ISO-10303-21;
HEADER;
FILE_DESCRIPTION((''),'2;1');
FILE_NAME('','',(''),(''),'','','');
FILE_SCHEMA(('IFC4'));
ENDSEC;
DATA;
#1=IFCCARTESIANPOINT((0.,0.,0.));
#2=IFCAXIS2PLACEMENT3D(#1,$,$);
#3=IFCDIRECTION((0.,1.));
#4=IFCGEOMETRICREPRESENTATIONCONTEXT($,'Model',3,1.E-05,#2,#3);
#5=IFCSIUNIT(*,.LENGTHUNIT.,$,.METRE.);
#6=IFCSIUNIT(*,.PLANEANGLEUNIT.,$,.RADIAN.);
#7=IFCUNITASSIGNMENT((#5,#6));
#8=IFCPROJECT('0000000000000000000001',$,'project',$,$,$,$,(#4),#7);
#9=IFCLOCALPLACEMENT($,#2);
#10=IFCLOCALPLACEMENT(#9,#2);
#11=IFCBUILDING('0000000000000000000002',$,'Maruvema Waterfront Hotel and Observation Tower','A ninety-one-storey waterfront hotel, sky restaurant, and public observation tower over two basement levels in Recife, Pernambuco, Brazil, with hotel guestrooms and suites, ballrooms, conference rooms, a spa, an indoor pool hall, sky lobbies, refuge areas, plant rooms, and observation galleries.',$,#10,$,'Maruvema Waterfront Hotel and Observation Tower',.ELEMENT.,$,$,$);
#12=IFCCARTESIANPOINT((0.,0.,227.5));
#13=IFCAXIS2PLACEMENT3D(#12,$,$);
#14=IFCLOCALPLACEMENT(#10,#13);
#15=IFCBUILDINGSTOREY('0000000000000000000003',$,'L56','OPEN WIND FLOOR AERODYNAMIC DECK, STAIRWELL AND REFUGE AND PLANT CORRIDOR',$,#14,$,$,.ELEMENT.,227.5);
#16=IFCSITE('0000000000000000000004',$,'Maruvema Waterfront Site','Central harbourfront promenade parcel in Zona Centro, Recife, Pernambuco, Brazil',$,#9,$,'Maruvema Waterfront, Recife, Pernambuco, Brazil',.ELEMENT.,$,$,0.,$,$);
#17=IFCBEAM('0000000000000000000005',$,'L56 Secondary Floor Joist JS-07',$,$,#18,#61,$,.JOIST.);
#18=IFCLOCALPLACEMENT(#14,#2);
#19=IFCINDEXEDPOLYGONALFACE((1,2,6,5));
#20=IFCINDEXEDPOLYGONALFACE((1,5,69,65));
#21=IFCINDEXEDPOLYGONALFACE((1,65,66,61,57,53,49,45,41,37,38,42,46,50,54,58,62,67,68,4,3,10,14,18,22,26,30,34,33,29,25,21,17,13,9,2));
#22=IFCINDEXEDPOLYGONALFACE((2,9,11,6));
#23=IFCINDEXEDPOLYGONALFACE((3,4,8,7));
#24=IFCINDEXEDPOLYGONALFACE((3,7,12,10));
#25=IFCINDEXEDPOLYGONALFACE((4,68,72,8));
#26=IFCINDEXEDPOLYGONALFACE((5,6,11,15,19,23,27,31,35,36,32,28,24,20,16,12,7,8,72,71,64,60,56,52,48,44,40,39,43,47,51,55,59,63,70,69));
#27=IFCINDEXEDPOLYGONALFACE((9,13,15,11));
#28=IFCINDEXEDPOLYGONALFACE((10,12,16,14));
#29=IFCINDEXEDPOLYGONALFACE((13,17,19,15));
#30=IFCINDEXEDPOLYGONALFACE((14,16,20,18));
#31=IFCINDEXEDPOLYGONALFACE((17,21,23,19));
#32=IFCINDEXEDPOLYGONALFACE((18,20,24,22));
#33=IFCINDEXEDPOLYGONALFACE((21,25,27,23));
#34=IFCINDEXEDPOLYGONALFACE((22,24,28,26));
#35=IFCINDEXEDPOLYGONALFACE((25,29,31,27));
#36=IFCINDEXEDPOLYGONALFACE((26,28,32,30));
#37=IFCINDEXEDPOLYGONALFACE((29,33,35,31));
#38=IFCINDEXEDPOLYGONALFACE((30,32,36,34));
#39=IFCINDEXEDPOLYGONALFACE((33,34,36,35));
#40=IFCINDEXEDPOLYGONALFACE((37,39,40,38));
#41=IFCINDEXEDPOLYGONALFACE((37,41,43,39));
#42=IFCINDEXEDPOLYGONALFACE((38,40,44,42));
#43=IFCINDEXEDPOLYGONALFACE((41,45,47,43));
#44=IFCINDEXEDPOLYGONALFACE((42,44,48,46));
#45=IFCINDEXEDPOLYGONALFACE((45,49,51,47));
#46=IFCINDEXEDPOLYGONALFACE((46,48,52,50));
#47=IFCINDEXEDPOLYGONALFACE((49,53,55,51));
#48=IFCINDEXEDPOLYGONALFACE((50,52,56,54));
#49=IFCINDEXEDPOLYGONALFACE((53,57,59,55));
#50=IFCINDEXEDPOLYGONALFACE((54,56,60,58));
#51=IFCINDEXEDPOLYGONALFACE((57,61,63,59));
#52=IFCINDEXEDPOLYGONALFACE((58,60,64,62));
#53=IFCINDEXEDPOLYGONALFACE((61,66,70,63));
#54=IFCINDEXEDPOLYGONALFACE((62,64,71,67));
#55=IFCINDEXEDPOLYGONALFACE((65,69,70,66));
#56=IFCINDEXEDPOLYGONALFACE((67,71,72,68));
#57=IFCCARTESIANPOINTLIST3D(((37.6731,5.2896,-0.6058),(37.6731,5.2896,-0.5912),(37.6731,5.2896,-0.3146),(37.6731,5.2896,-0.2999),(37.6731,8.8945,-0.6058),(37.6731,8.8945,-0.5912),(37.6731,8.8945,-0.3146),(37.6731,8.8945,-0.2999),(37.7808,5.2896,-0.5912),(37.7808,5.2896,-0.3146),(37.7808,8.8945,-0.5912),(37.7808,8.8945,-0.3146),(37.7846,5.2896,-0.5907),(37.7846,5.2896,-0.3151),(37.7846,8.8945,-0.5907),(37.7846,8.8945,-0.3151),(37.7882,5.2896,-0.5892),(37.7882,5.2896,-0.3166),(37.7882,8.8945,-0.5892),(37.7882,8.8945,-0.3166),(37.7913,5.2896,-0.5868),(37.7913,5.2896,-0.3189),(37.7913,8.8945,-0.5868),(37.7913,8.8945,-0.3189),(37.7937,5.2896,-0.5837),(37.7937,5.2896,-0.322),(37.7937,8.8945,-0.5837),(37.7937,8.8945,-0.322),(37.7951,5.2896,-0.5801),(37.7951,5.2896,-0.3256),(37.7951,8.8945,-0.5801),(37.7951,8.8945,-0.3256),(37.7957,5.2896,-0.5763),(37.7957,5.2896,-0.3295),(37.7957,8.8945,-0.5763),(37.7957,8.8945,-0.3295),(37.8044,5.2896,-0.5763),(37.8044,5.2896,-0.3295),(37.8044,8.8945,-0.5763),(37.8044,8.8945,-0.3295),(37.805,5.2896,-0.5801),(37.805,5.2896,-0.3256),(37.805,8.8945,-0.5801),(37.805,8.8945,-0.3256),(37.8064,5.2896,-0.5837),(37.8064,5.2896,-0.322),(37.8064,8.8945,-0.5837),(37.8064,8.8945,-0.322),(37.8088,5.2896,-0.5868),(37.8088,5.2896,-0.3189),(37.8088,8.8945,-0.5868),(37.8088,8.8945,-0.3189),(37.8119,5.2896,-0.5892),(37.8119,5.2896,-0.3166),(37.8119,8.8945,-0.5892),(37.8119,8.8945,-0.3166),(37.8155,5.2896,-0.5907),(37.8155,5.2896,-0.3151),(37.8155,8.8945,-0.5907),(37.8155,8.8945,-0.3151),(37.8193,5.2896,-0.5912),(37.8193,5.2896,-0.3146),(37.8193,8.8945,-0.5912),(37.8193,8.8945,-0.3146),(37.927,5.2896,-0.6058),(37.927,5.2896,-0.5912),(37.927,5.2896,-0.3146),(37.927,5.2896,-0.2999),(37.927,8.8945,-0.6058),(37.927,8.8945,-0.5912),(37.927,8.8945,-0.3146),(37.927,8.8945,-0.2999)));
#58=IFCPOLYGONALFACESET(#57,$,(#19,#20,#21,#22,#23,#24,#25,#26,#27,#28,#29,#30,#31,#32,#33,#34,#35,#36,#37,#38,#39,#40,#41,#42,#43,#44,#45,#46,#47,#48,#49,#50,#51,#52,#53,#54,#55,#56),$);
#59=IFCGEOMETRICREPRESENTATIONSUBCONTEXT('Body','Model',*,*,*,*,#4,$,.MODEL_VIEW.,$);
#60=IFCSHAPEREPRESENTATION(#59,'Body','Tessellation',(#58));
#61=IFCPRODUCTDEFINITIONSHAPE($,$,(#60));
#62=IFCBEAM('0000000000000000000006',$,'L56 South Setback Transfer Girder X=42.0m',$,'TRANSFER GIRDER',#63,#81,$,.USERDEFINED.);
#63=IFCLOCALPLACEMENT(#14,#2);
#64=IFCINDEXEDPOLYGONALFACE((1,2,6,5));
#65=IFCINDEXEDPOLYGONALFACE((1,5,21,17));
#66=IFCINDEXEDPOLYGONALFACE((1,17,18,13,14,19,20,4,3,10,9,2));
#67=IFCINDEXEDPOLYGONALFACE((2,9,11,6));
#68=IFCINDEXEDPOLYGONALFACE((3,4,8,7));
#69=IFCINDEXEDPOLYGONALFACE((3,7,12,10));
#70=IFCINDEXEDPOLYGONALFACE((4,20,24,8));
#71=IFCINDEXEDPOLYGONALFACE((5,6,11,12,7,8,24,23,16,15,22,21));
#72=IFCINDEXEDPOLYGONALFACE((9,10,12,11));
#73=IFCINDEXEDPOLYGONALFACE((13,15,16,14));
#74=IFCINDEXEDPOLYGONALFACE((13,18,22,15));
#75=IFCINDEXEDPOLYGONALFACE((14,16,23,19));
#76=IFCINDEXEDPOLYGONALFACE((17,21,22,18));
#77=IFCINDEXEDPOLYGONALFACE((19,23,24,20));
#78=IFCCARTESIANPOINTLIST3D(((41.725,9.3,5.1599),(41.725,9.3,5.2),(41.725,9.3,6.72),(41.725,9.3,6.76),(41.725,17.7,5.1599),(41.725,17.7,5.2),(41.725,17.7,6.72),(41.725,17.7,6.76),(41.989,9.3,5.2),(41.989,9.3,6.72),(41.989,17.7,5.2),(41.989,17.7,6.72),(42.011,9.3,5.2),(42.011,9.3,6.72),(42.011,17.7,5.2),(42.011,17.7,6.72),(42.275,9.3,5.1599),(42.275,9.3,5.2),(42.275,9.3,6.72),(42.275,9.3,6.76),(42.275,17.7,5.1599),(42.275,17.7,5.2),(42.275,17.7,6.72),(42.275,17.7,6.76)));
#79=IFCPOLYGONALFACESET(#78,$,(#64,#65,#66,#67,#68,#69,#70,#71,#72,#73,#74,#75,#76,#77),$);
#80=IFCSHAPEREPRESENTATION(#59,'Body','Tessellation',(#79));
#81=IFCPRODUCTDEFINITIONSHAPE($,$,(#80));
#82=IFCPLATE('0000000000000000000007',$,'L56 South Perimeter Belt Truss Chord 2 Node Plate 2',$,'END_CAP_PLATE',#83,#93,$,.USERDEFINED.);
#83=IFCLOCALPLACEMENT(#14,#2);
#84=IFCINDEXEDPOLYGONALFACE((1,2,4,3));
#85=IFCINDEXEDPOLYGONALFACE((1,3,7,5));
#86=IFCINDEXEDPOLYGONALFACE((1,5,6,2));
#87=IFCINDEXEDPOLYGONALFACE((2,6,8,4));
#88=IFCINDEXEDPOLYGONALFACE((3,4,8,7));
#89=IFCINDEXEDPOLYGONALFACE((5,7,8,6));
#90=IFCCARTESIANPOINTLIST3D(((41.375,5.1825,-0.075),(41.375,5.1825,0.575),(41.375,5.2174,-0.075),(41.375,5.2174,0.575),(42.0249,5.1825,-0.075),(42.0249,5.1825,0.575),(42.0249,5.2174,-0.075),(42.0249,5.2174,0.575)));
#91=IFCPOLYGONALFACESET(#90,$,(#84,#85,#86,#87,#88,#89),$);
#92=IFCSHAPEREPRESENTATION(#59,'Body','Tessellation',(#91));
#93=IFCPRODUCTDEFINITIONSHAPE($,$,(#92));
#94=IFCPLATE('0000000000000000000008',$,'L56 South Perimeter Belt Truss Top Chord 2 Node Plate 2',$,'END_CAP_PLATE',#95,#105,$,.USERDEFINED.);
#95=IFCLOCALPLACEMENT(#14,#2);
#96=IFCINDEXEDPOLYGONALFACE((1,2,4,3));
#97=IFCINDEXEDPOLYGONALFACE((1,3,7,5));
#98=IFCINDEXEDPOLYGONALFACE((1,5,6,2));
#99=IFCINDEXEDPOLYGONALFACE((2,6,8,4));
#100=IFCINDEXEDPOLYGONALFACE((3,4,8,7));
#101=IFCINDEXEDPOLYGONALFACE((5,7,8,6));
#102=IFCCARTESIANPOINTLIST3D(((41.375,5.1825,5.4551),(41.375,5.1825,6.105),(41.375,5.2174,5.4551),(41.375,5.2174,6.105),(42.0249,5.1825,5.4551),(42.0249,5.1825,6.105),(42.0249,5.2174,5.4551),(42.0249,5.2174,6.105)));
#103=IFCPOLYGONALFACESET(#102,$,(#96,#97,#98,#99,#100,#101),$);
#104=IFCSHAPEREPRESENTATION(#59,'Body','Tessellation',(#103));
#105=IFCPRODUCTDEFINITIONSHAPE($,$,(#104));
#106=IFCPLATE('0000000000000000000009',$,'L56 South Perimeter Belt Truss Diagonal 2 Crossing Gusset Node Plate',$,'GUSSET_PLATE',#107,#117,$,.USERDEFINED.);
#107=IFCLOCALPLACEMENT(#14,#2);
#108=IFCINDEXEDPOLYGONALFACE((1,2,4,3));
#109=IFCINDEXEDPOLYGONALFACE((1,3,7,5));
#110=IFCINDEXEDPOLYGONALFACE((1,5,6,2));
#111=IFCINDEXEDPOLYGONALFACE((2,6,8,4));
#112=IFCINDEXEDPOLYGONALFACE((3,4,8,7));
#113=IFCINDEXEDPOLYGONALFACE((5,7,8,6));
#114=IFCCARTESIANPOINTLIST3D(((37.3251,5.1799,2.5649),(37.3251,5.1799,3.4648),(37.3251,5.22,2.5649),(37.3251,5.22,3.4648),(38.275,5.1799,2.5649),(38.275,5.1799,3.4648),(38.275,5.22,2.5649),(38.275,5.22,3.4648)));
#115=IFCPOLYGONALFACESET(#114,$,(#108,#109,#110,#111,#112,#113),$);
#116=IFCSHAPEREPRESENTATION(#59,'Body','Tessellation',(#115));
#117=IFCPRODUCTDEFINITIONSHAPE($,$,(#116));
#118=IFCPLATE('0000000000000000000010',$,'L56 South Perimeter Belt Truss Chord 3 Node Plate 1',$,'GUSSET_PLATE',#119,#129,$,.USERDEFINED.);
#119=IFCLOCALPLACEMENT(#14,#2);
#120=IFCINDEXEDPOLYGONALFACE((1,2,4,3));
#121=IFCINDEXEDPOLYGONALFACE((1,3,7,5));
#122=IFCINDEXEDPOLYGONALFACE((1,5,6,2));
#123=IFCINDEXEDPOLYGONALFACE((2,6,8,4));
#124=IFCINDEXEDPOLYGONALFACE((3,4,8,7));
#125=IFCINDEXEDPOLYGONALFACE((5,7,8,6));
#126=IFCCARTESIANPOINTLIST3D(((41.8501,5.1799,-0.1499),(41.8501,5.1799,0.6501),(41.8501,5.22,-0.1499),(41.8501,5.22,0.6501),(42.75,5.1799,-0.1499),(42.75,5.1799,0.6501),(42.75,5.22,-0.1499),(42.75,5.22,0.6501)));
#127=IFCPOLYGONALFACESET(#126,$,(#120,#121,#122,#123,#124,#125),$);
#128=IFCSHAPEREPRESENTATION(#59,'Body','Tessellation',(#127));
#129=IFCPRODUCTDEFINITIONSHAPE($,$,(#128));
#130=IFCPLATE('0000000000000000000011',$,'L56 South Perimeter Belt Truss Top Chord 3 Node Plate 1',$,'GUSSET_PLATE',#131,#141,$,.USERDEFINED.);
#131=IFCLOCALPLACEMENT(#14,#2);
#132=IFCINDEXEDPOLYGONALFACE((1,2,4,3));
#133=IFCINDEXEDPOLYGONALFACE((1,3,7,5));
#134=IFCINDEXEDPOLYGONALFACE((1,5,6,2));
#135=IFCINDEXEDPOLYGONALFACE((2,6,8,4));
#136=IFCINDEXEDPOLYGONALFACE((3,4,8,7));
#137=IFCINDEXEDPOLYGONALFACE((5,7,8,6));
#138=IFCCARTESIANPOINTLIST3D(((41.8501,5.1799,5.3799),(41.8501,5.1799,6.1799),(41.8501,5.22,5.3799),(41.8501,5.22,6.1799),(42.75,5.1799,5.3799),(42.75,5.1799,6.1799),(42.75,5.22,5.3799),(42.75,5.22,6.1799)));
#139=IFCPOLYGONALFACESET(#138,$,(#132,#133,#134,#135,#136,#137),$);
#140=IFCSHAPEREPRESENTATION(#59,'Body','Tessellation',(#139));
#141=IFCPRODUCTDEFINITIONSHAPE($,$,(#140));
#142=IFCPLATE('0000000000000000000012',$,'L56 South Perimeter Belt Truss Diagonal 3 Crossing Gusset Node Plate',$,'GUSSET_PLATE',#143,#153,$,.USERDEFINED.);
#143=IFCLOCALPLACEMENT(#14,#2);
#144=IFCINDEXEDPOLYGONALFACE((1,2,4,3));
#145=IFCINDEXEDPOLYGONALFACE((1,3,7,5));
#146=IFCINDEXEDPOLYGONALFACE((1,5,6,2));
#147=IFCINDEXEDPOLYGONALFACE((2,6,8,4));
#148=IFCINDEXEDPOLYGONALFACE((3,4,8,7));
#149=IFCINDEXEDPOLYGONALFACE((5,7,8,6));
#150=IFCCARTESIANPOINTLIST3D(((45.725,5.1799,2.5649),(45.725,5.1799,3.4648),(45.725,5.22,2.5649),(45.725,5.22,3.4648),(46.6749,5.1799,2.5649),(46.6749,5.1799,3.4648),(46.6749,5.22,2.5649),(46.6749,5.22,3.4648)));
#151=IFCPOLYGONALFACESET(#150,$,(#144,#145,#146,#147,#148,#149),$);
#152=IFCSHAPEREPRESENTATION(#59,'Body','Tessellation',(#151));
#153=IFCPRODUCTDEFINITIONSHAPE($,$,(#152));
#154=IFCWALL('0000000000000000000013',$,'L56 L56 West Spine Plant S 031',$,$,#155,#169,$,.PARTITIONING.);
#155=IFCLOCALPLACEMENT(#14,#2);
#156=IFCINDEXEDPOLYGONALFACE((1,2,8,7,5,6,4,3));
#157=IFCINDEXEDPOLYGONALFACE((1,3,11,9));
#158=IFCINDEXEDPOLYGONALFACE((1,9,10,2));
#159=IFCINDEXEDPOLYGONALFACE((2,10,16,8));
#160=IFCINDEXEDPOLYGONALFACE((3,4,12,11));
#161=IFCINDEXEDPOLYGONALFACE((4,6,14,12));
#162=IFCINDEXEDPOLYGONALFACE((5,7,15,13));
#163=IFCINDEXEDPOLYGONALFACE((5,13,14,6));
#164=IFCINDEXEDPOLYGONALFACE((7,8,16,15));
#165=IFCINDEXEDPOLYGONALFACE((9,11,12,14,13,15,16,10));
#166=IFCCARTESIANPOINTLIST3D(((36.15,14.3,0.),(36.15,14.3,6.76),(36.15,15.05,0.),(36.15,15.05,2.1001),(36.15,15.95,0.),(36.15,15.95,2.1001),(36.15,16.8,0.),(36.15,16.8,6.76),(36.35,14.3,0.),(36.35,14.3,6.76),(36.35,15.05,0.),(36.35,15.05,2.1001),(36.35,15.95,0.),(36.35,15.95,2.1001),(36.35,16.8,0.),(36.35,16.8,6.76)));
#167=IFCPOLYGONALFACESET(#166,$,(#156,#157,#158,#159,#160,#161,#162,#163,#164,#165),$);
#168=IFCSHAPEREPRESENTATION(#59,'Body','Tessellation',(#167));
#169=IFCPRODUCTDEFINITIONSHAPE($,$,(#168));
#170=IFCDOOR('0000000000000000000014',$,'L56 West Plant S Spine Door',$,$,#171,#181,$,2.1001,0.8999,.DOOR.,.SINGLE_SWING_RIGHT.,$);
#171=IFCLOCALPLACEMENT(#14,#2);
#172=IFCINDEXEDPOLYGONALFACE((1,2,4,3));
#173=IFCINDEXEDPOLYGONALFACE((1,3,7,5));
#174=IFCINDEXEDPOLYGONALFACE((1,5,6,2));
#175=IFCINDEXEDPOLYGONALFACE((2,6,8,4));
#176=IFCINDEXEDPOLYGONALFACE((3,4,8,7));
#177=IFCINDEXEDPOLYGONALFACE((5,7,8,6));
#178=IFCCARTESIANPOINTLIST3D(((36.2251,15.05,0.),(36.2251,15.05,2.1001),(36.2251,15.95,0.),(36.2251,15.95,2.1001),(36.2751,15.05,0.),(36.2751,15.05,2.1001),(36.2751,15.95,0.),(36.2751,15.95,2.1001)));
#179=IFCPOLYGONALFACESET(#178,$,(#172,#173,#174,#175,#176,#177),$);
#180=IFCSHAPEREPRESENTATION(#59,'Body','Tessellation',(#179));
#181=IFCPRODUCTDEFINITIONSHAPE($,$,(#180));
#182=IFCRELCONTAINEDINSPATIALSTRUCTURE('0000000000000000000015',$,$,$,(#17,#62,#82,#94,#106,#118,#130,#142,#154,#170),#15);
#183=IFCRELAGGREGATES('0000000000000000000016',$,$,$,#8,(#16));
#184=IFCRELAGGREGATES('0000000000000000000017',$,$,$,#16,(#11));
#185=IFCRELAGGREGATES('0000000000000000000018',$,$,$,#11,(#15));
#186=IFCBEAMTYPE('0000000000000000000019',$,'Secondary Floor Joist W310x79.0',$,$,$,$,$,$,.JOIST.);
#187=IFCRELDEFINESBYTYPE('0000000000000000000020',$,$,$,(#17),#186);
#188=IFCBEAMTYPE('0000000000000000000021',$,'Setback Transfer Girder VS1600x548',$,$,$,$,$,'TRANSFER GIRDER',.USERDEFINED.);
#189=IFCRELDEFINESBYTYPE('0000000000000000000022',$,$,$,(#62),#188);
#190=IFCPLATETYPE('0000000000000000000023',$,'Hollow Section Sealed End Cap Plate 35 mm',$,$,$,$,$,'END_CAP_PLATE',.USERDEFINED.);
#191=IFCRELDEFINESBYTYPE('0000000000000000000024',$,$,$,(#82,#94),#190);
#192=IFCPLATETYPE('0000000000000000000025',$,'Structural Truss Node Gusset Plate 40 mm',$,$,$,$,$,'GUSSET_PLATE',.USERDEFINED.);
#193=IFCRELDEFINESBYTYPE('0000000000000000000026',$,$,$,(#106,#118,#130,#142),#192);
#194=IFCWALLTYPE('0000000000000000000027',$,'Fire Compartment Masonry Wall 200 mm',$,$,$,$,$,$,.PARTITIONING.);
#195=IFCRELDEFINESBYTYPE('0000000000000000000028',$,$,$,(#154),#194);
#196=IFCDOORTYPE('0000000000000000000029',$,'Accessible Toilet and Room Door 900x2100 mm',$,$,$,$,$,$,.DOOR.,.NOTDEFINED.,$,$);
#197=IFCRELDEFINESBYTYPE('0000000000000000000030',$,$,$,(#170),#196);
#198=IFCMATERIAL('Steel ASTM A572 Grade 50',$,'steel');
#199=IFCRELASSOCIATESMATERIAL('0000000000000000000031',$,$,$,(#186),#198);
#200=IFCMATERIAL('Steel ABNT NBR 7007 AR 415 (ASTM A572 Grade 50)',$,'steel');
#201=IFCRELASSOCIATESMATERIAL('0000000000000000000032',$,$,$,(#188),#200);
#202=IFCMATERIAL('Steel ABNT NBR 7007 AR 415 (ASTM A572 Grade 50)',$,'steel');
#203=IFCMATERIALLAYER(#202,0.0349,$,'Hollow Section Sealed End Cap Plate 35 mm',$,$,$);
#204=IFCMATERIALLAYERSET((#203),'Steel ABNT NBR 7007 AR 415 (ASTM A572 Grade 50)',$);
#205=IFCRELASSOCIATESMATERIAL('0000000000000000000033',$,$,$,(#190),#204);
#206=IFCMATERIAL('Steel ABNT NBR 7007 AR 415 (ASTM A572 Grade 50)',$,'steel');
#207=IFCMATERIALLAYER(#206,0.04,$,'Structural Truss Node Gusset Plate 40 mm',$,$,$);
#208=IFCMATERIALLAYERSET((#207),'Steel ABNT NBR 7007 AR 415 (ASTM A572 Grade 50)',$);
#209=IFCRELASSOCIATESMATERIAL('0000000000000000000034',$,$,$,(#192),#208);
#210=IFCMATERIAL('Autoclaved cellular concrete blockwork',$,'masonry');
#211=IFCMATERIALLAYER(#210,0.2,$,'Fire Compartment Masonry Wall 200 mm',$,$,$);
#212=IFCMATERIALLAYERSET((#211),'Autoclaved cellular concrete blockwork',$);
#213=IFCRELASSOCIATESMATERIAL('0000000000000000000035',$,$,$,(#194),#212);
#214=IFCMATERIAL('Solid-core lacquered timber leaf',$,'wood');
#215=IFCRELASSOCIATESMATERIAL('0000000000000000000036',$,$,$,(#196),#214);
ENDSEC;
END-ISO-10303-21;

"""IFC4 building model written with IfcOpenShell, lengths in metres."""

from ifc_helpers import new_model, si_unit, direction, frame, frame_2d, origin, origin_2d, place, context, subcontext, project, spatial, rectangle, i_section, extrude, material, layer, layer_set, material_profile, profile_set, type_object, element, fill, save


model = new_model("IFC4")

# Units and contexts
model_context = context("Model", 3, precision=1e-05, world=origin(), true_north=direction((0.0, 1.0)))
body_context = subcontext(model_context, "Body", "Model", "MODEL_VIEW")
ifc_project = project(units=[si_unit("LENGTHUNIT", "METRE"), si_unit("PLANEANGLEUNIT", "RADIAN")], contexts=[model_context])

# Site, building, storey
site_placement = place(None, origin())
site = spatial("IfcSite", under=ifc_project, at=site_placement, Name="Maruvema Waterfront Site", Description="Central harbourfront promenade parcel in Zona Centro, Recife, Pernambuco, Brazil", LongName="Maruvema Waterfront, Recife, Pernambuco, Brazil", CompositionType="ELEMENT", RefElevation=0.0)
building_placement = place(site_placement, origin())
building = spatial("IfcBuilding", under=site, at=building_placement, Name="Maruvema Waterfront Hotel and Observation Tower", Description="A ninety-one-storey waterfront hotel, sky restaurant, and public observation tower over two basement levels in Recife, Pernambuco, Brazil, with hotel guestrooms and suites, ballrooms, conference rooms, a spa, an indoor pool hall, sky lobbies, refuge areas, plant rooms, and observation galleries.", LongName="Maruvema Waterfront Hotel and Observation Tower", CompositionType="ELEMENT")
storey_placement = place(building_placement, frame((0.0, 0.0, 227.5)))
storey = spatial("IfcBuildingStorey", under=building, at=storey_placement, Name="L56", Description="OPEN WIND FLOOR AERODYNAMIC DECK, STAIRWELL AND REFUGE AND PLANT CORRIDOR", CompositionType="ELEMENT", Elevation=227.5)

# Beams
ifc_material_1 = material(Name="Steel ASTM A572 Grade 50", Category="steel")
ifc_material_profile_1 = material_profile(ifc_material_1, i_section(OverallWidth=0.2539, OverallDepth=0.3059, WebThickness=0.0088, FlangeThickness=0.0146, FilletRadius=0.0149, at=origin_2d()), Name="W310x79.0")
ifc_profile_set_1 = profile_set([ifc_material_profile_1], Name="Steel ASTM A572 Grade 50")
beam_type_1 = type_object("IfcBeamType", Name="Secondary Floor Joist W310x79.0", PredefinedType="JOIST", material=ifc_profile_set_1)
beam_1_placement = place(storey_placement, frame((37.8, 5.2896, -0.4529), z_axis=(0.0, 1.0, 0.0), x_axis=(-1.0, 0.0, 0.0)))
element("IfcBeam", 1, at=beam_1_placement, inside=storey, type_object=beam_type_1, Name="L56 Secondary Floor Joist JS-07", PredefinedType="JOIST", context=body_context, shape_type="SweptSolid", body=[
    extrude(i_section(OverallWidth=0.2539, OverallDepth=0.3059, WebThickness=0.0088, FlangeThickness=0.0146, FilletRadius=0.0149, at=origin_2d()), origin(), (0.0, 0.0, 1.0), 3.605),
])
ifc_material_2 = material(Name="Steel ABNT NBR 7007 AR 415 (ASTM A572 Grade 50)", Category="steel")
ifc_material_profile_2 = material_profile(ifc_material_2, i_section(OverallWidth=0.55, OverallDepth=1.6001, WebThickness=0.022, FlangeThickness=0.04, at=origin_2d()), Name="VS1600x548")
ifc_profile_set_2 = profile_set([ifc_material_profile_2], Name="Steel ABNT NBR 7007 AR 415 (ASTM A572 Grade 50)")
beam_type_2 = type_object("IfcBeamType", Name="Setback Transfer Girder VS1600x548", ElementType="TRANSFER GIRDER", PredefinedType="USERDEFINED", material=ifc_profile_set_2)
beam_2_placement = place(storey_placement, frame((42.0, 9.3, 5.96), z_axis=(0.0, 1.0, 0.0), x_axis=(-1.0, 0.0, 0.0)))
element("IfcBeam", 2, at=beam_2_placement, inside=storey, type_object=beam_type_2, Name="L56 South Setback Transfer Girder X=42.0m", ObjectType="TRANSFER GIRDER", PredefinedType="USERDEFINED", context=body_context, shape_type="SweptSolid", body=[
    extrude(i_section(OverallWidth=0.55, OverallDepth=1.6001, WebThickness=0.022, FlangeThickness=0.04, at=origin_2d()), origin(), (0.0, 0.0, 1.0), 8.3999),
])

# Plates
ifc_material_3 = material(Name="Steel ABNT NBR 7007 AR 415 (ASTM A572 Grade 50)", Category="steel")
ifc_layer_1 = layer(ifc_material_3, 0.0349, Name="Hollow Section Sealed End Cap Plate 35 mm")
ifc_layer_set_1 = layer_set([ifc_layer_1], Name="Steel ABNT NBR 7007 AR 415 (ASTM A572 Grade 50)")
plate_type_1 = type_object("IfcPlateType", Name="Hollow Section Sealed End Cap Plate 35 mm", ElementType="END_CAP_PLATE", PredefinedType="USERDEFINED", material=ifc_layer_set_1)
for number, where, z_axis, x_axis, name in (
    (3, (41.7, 5.2, -0.075), (0.0, 0.0, 1.0), (1.0, 0.0, 0.0), "L56 South Perimeter Belt Truss Chord 2 Node Plate 2"),
    (4, (41.7, 5.2, 5.4551), (0.0, 0.0, 1.0), (1.0, 0.0, 0.0), "L56 South Perimeter Belt Truss Top Chord 2 Node Plate 2"),
):
    element("IfcPlate", number, at=place(storey_placement, frame(where, z_axis=z_axis, x_axis=x_axis)), inside=storey, type_object=plate_type_1, Name=name, ObjectType="END_CAP_PLATE", PredefinedType="USERDEFINED", context=body_context, shape_type="SweptSolid", body=[
        extrude(rectangle(XDim=0.6499, YDim=0.0349, at=origin_2d()), origin(), (0.0, 0.0, 1.0), 0.6499),
    ])
ifc_material_4 = material(Name="Steel ABNT NBR 7007 AR 415 (ASTM A572 Grade 50)", Category="steel")
ifc_layer_2 = layer(ifc_material_4, 0.04, Name="Structural Truss Node Gusset Plate 40 mm")
ifc_layer_set_2 = layer_set([ifc_layer_2], Name="Steel ABNT NBR 7007 AR 415 (ASTM A572 Grade 50)")
plate_type_2 = type_object("IfcPlateType", Name="Structural Truss Node Gusset Plate 40 mm", ElementType="GUSSET_PLATE", PredefinedType="USERDEFINED", material=ifc_layer_set_2)
plate_1_placement = place(storey_placement, frame((37.8, 5.2, 2.5649), z_axis=(0.0, 0.0, 1.0), x_axis=(-1.0, 0.0, 0.0)))
element("IfcPlate", 5, at=plate_1_placement, inside=storey, type_object=plate_type_2, Name="L56 South Perimeter Belt Truss Diagonal 2 Crossing Gusset Node Plate", ObjectType="GUSSET_PLATE", PredefinedType="USERDEFINED", context=body_context, shape_type="SweptSolid", body=[
    extrude(rectangle(XDim=0.95, YDim=0.04, at=origin_2d()), origin(), (0.0, 0.0, 1.0), 0.8999),
])
for number, where, z_axis, x_axis, name in (
    (6, (42.3, 5.2, -0.1499), (0.0, 0.0, 1.0), (1.0, 0.0, 0.0), "L56 South Perimeter Belt Truss Chord 3 Node Plate 1"),
    (7, (42.3, 5.2, 5.3799), (0.0, 0.0, 1.0), (1.0, 0.0, 0.0), "L56 South Perimeter Belt Truss Top Chord 3 Node Plate 1"),
):
    element("IfcPlate", number, at=place(storey_placement, frame(where, z_axis=z_axis, x_axis=x_axis)), inside=storey, type_object=plate_type_2, Name=name, ObjectType="GUSSET_PLATE", PredefinedType="USERDEFINED", context=body_context, shape_type="SweptSolid", body=[
        extrude(rectangle(XDim=0.8999, YDim=0.04, at=origin_2d()), origin(), (0.0, 0.0, 1.0), 0.8),
    ])
plate_2_placement = place(storey_placement, frame((46.2, 5.2, 2.5649), z_axis=(0.0, 0.0, 1.0), x_axis=(-1.0, 0.0, 0.0)))
element("IfcPlate", 8, at=plate_2_placement, inside=storey, type_object=plate_type_2, Name="L56 South Perimeter Belt Truss Diagonal 3 Crossing Gusset Node Plate", ObjectType="GUSSET_PLATE", PredefinedType="USERDEFINED", context=body_context, shape_type="SweptSolid", body=[
    extrude(rectangle(XDim=0.95, YDim=0.04, at=origin_2d()), origin(), (0.0, 0.0, 1.0), 0.8999),
])

# Wall, opening, door
ifc_material_5 = material(Name="Autoclaved cellular concrete blockwork", Category="masonry")
ifc_layer_3 = layer(ifc_material_5, 0.2, Name="Fire Compartment Masonry Wall 200 mm")
ifc_layer_set_3 = layer_set([ifc_layer_3], Name="Autoclaved cellular concrete blockwork")
wall_type = type_object("IfcWallType", Name="Fire Compartment Masonry Wall 200 mm", PredefinedType="PARTITIONING", material=ifc_layer_set_3)
wall_1_placement = place(storey_placement, frame((36.25, 14.3, 0.0), z_axis=(0.0, 0.0, 1.0), x_axis=(0.0, 1.0, 0.0)))
wall_1 = element("IfcWall", 9, at=wall_1_placement, inside=storey, type_object=wall_type, Name="L56 L56 West Spine Plant S 031", PredefinedType="PARTITIONING", context=body_context, shape_type="SweptSolid", body=[
    extrude(rectangle(XDim=2.5, YDim=0.2, at=frame_2d((1.25, 0.0))), origin(), (0.0, 0.0, 1.0), 6.76),
])
opening_1_placement = place(wall_1_placement, frame((0.75, 0.0, 0.0)))
opening_1 = element("IfcOpeningElement", 10, at=opening_1_placement, cuts=wall_1, PredefinedType="OPENING", context=body_context, shape_type="SweptSolid", body=[
    extrude(rectangle(XDim=0.8999, YDim=2.1001, at=frame_2d((0.45, 1.05))), frame((0.0, 0.1099, 0.0), z_axis=(0.0, -1.0, 0.0), x_axis=(1.0, 0.0, 0.0)), (0.0, 0.0, 1.0), 0.22),
])
ifc_material_6 = material(Name="Solid-core lacquered timber leaf", Category="wood")
door_type_1 = type_object("IfcDoorType", Name="Accessible Toilet and Room Door 900x2100 mm", OperationType="NOTDEFINED", PredefinedType="DOOR", material=ifc_material_6)
door_1_placement = place(opening_1_placement, origin())
door_1 = element("IfcDoor", 11, at=door_1_placement, inside=storey, type_object=door_type_1, Name="L56 West Plant S Spine Door", OperationType="SINGLE_SWING_RIGHT", OverallHeight=2.1001, OverallWidth=0.8999, PredefinedType="DOOR", context=body_context, shape_type="SweptSolid", body=[
    extrude(rectangle(XDim=0.8999, YDim=2.1001, at=frame_2d((0.45, 1.05))), frame((0.0, 0.0249, 0.0), z_axis=(0.0, -1.0, 0.0), x_axis=(1.0, 0.0, 0.0)), (0.0, 0.0, 1.0), 0.05),
])
fill(opening_1, door_1)

save(model, "model.ifc")
